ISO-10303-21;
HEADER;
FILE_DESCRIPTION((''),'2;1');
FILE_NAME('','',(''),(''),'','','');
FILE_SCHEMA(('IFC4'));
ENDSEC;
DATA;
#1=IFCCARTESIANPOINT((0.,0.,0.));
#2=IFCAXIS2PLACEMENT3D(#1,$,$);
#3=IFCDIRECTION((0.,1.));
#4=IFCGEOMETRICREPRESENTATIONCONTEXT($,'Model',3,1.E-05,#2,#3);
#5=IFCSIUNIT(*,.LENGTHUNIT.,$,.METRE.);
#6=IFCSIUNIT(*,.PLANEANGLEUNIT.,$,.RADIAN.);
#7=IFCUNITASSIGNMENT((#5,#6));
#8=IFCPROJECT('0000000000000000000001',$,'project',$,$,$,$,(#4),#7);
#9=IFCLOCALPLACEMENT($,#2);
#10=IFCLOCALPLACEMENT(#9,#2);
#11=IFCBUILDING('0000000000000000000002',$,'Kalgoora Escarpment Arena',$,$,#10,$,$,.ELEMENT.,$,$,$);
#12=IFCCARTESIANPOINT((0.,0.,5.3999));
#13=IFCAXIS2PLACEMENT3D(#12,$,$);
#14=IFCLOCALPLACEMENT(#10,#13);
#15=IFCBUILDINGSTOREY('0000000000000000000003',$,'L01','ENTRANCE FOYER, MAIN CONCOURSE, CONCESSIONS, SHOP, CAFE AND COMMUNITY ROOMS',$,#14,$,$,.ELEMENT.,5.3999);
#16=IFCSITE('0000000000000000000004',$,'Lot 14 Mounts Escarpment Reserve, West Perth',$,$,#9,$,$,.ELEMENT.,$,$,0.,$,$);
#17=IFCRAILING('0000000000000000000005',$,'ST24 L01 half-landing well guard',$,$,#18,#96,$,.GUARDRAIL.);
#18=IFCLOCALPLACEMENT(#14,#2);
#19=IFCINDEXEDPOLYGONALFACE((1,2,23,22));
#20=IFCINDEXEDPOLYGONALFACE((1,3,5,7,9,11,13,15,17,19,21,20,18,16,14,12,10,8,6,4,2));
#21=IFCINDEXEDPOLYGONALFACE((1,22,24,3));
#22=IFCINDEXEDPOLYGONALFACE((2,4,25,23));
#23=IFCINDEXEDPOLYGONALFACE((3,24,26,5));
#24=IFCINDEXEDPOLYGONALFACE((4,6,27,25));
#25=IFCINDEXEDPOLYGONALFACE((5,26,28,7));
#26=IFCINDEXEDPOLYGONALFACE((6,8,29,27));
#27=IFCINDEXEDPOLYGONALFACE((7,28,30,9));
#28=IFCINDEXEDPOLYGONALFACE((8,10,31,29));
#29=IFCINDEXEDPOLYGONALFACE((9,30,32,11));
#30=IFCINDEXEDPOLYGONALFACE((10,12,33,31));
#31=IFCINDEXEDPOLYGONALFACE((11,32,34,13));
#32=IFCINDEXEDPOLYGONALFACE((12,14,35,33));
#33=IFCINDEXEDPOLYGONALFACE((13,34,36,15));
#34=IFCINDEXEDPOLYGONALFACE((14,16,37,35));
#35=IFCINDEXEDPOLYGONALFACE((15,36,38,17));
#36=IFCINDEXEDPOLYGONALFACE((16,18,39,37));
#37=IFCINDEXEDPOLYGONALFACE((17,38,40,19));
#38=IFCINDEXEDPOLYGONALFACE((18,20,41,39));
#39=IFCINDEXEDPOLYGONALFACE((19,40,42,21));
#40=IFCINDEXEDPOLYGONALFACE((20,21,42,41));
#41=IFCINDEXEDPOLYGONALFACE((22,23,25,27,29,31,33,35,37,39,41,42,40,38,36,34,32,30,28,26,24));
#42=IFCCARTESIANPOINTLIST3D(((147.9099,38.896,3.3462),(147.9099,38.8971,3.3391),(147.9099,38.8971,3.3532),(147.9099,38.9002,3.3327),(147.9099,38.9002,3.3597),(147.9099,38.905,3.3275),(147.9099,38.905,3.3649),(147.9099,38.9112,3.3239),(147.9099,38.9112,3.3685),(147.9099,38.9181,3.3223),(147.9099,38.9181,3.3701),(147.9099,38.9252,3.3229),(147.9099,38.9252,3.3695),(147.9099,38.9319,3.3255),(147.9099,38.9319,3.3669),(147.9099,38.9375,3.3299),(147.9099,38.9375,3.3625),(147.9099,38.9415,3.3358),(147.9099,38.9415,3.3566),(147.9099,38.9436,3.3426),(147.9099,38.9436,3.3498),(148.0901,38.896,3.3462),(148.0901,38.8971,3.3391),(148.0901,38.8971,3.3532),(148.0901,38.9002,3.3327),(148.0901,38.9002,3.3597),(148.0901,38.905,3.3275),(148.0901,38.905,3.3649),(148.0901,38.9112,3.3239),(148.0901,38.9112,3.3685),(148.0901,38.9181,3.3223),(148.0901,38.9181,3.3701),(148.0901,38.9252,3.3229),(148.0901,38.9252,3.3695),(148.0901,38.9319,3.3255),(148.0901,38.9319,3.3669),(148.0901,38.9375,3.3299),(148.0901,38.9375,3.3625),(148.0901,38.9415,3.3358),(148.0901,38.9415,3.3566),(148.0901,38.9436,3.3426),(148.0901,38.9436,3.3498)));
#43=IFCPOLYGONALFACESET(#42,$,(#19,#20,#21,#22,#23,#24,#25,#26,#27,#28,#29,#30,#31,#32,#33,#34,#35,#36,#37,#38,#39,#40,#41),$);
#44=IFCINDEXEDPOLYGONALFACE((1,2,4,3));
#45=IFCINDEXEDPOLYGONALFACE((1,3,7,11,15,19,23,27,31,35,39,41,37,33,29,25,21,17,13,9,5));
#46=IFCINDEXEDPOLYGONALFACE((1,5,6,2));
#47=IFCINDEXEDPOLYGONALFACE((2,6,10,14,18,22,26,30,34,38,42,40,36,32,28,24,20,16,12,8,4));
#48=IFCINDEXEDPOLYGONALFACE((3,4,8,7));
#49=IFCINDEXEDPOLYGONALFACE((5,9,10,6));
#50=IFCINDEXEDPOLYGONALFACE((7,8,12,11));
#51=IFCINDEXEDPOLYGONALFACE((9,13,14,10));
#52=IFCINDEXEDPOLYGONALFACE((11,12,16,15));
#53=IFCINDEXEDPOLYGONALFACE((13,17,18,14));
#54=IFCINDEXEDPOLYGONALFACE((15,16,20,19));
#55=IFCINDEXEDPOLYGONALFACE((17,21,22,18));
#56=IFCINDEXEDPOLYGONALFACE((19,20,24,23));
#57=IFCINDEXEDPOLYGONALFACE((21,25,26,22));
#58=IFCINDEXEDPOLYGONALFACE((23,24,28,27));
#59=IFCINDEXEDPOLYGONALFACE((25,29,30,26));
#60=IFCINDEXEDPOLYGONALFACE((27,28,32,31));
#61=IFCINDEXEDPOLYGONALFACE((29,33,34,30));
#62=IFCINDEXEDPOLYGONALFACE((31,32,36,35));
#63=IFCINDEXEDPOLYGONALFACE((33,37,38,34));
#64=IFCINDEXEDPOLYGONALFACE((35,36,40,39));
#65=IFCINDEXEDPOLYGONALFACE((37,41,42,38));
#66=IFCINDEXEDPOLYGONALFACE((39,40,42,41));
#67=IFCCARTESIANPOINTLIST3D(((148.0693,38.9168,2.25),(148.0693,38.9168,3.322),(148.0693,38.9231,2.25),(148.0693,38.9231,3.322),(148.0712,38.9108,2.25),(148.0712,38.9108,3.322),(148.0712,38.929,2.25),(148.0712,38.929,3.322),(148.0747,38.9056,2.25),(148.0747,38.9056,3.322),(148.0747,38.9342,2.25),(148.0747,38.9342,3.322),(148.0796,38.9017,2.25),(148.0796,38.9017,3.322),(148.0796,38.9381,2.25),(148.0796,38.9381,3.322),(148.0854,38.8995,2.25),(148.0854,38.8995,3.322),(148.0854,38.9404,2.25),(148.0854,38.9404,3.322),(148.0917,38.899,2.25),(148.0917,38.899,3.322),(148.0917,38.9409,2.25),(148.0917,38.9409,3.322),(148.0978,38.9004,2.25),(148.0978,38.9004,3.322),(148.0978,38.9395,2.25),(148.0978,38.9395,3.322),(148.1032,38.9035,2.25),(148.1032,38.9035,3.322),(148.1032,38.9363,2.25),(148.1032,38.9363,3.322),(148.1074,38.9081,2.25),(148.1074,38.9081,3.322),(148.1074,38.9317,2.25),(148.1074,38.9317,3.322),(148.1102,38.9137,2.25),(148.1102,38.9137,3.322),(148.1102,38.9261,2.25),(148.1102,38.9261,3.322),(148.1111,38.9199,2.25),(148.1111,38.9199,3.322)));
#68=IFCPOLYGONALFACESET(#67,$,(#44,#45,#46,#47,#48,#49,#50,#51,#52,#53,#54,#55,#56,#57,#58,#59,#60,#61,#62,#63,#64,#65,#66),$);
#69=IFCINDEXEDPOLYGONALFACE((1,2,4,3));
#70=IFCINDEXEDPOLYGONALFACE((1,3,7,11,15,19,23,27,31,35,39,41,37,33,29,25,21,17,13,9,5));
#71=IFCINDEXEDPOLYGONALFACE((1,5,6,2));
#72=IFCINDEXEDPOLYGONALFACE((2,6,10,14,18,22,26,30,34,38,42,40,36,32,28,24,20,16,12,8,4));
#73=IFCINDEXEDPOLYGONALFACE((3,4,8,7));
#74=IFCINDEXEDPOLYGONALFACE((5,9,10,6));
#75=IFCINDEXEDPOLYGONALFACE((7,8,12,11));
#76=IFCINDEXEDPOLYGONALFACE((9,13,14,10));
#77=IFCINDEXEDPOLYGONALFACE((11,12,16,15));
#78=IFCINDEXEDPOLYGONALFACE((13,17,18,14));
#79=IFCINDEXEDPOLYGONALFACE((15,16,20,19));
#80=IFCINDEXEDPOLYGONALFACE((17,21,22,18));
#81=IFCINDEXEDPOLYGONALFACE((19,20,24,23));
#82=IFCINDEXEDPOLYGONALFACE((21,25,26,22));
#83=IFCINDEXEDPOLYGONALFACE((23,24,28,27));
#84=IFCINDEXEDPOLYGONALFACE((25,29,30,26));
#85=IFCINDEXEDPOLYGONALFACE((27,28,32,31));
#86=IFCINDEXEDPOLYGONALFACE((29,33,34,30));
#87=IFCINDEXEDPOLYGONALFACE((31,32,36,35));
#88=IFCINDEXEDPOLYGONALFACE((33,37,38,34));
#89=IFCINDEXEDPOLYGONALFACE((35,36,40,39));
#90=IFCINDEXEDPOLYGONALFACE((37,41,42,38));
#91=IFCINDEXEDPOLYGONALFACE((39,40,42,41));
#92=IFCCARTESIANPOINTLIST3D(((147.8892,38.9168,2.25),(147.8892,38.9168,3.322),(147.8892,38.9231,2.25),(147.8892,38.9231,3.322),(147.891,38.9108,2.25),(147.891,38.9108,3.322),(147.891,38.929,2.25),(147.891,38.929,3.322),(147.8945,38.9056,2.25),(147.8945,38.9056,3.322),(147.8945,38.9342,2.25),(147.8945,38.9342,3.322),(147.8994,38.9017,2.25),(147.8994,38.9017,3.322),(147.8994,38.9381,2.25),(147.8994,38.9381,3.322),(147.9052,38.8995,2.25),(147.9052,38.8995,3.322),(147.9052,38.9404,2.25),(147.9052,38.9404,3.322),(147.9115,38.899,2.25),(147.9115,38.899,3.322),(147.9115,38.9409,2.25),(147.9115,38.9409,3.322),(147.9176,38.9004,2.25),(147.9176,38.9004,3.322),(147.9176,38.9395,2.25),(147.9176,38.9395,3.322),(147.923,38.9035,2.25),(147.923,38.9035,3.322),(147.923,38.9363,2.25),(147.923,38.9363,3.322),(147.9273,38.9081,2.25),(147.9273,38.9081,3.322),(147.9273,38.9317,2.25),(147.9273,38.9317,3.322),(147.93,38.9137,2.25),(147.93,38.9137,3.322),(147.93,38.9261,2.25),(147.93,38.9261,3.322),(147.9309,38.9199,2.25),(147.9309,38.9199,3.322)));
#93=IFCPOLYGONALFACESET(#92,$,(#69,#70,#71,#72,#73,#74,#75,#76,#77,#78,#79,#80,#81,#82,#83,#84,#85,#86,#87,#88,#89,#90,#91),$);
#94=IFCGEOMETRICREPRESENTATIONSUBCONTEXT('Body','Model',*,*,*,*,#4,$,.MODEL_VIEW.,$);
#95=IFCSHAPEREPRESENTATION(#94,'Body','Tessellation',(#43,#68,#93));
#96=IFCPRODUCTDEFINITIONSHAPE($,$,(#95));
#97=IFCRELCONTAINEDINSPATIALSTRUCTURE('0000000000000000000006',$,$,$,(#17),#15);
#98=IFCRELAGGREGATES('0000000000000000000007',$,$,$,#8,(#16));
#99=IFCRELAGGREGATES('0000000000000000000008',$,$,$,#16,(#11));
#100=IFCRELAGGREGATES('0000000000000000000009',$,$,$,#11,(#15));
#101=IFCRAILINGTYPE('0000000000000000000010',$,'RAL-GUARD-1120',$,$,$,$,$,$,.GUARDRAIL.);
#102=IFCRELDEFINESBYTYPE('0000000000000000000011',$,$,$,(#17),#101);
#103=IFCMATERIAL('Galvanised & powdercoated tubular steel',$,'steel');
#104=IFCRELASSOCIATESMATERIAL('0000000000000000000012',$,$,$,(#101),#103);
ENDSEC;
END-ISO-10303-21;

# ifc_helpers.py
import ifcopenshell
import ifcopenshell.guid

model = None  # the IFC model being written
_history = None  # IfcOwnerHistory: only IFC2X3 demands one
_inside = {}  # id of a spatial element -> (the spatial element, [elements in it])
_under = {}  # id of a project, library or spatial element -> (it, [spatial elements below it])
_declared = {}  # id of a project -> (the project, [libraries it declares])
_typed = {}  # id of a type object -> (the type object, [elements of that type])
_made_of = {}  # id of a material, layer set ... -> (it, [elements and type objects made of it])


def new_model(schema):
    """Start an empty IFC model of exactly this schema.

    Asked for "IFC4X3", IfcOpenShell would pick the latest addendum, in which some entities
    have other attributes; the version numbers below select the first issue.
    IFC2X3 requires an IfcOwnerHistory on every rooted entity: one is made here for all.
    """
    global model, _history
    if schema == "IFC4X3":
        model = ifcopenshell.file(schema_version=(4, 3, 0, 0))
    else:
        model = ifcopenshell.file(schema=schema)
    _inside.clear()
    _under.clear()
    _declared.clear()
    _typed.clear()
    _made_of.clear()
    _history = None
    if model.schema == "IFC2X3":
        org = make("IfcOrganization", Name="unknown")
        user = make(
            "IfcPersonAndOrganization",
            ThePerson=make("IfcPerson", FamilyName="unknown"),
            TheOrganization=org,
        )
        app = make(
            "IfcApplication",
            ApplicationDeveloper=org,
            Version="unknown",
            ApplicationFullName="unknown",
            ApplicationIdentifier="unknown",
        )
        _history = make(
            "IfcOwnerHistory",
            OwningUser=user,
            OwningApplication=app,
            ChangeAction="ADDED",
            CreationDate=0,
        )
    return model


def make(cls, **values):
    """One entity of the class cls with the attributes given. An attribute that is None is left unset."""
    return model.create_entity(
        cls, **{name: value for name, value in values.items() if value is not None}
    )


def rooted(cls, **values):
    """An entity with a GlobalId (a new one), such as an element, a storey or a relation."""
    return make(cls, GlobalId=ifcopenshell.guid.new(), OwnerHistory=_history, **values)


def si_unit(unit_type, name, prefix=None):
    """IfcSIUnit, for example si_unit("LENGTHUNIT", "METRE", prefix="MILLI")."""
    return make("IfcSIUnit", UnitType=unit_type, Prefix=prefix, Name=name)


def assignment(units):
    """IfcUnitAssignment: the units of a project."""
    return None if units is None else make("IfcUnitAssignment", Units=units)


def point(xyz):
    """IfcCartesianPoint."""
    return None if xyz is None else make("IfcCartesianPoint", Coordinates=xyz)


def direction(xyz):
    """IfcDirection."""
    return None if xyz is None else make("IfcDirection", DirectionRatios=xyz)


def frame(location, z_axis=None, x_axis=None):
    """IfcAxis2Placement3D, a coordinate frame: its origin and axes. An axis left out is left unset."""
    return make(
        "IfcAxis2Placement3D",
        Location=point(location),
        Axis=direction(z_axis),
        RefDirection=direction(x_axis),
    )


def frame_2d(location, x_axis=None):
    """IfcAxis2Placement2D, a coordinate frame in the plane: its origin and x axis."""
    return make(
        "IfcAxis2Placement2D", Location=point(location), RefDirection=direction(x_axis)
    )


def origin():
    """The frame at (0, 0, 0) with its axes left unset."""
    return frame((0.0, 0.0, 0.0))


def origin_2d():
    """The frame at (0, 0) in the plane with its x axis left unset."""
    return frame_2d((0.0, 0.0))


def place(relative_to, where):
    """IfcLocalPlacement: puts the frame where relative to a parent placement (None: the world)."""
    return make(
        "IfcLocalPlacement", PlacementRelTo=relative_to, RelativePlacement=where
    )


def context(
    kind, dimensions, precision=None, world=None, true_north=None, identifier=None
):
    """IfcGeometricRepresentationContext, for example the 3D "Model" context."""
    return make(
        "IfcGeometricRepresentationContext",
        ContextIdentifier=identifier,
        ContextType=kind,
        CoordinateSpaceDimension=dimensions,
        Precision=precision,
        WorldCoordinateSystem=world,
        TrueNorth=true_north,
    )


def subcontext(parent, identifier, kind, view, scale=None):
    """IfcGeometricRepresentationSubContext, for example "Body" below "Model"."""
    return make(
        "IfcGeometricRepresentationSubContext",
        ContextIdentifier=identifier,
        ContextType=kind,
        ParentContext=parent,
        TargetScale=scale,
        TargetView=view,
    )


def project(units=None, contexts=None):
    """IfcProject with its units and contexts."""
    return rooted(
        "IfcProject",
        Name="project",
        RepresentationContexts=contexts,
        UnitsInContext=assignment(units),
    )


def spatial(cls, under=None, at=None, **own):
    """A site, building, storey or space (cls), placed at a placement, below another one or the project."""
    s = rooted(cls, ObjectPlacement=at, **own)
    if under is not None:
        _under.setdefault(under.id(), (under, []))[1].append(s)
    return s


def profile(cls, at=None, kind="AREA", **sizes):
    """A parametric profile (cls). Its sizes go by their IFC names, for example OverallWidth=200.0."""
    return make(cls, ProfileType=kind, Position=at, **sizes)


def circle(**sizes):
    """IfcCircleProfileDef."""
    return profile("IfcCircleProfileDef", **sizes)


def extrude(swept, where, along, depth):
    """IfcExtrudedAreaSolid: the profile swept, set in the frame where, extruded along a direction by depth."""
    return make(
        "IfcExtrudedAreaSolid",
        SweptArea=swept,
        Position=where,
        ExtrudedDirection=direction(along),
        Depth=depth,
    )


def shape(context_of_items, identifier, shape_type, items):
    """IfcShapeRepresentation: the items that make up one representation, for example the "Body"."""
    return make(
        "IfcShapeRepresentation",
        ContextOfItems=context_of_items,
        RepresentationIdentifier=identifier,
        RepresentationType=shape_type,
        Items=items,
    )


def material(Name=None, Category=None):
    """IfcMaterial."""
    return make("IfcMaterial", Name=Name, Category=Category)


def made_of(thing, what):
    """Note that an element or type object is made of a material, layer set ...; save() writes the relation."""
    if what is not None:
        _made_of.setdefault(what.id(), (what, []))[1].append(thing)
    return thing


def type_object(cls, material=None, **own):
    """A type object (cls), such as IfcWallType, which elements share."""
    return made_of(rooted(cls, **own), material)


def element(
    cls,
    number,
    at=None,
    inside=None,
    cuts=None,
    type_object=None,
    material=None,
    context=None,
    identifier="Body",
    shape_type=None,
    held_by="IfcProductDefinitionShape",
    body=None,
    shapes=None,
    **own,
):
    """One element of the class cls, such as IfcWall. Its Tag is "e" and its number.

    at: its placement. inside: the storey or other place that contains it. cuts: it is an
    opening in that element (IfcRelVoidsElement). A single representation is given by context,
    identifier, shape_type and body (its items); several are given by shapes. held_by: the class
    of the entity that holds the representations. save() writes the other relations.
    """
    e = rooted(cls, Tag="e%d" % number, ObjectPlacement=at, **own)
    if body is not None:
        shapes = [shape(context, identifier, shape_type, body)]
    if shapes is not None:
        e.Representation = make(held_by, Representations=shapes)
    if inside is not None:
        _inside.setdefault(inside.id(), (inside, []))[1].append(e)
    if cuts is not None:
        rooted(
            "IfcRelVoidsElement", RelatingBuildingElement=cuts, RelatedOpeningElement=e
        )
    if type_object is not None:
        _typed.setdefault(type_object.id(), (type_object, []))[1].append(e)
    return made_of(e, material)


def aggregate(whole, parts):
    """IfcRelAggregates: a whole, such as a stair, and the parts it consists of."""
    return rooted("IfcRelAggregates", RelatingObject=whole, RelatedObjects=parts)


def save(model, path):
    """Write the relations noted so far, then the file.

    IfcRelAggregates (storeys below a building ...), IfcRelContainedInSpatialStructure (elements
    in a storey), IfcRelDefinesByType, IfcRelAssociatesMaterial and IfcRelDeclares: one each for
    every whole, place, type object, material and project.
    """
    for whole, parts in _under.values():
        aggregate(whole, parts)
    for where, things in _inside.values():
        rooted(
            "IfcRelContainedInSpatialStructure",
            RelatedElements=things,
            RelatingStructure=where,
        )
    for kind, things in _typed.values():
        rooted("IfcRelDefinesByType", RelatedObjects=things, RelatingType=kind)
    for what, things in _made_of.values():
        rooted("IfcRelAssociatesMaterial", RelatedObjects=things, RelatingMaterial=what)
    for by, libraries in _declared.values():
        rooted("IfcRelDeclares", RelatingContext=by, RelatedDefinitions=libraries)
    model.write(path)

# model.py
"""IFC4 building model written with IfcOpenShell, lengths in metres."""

from ifc_helpers import new_model, si_unit, direction, frame, origin, origin_2d, place, context, subcontext, project, spatial, circle, extrude, material, type_object, element, save


model = new_model("IFC4")

# Units and contexts
model_context = context("Model", 3, precision=1e-05, world=origin(), true_north=direction((0.0, 1.0)))
body_context = subcontext(model_context, "Body", "Model", "MODEL_VIEW")
ifc_project = project(units=[si_unit("LENGTHUNIT", "METRE"), si_unit("PLANEANGLEUNIT", "RADIAN")], contexts=[model_context])

# Site, building, storey
site_placement = place(None, origin())
site = spatial("IfcSite", under=ifc_project, at=site_placement, Name="Lot 14 Mounts Escarpment Reserve, West Perth", CompositionType="ELEMENT", RefElevation=0.0)
building_placement = place(site_placement, origin())
building = spatial("IfcBuilding", under=site, at=building_placement, Name="Kalgoora Escarpment Arena", CompositionType="ELEMENT")
storey_placement = place(building_placement, frame((0.0, 0.0, 5.3999)))
storey = spatial("IfcBuildingStorey", under=building, at=storey_placement, Name="L01", Description="ENTRANCE FOYER, MAIN CONCOURSE, CONCESSIONS, SHOP, CAFE AND COMMUNITY ROOMS", CompositionType="ELEMENT", Elevation=5.3999)

# Railing
ifc_material_1 = material(Name="Galvanised & powdercoated tubular steel", Category="steel")
railing_type_1 = type_object("IfcRailingType", Name="RAL-GUARD-1120", PredefinedType="GUARDRAIL", material=ifc_material_1)
railing_1_placement = place(storey_placement, frame((148.0901, 38.9199, 2.25)))
element("IfcRailing", 1, at=railing_1_placement, inside=storey, type_object=railing_type_1, Name="ST24 L01 half-landing well guard", PredefinedType="GUARDRAIL", context=body_context, shape_type="SweptSolid", body=[
    extrude(circle(Radius=0.0239, at=origin_2d()), frame((0.0, 0.0, 1.0962), z_axis=(-1.0, 0.0, 0.0), x_axis=(0.0, -1.0, 0.0)), (0.0, 0.0, 1.0), 0.1802),
    extrude(circle(Radius=0.021, at=origin_2d()), origin(), (0.0, 0.0, 1.0), 1.072),
    extrude(circle(Radius=0.021, at=origin_2d()), frame((-0.1802, 0.0, 0.0)), (0.0, 0.0, 1.0), 1.072),
])

save(model, "model.ifc")
